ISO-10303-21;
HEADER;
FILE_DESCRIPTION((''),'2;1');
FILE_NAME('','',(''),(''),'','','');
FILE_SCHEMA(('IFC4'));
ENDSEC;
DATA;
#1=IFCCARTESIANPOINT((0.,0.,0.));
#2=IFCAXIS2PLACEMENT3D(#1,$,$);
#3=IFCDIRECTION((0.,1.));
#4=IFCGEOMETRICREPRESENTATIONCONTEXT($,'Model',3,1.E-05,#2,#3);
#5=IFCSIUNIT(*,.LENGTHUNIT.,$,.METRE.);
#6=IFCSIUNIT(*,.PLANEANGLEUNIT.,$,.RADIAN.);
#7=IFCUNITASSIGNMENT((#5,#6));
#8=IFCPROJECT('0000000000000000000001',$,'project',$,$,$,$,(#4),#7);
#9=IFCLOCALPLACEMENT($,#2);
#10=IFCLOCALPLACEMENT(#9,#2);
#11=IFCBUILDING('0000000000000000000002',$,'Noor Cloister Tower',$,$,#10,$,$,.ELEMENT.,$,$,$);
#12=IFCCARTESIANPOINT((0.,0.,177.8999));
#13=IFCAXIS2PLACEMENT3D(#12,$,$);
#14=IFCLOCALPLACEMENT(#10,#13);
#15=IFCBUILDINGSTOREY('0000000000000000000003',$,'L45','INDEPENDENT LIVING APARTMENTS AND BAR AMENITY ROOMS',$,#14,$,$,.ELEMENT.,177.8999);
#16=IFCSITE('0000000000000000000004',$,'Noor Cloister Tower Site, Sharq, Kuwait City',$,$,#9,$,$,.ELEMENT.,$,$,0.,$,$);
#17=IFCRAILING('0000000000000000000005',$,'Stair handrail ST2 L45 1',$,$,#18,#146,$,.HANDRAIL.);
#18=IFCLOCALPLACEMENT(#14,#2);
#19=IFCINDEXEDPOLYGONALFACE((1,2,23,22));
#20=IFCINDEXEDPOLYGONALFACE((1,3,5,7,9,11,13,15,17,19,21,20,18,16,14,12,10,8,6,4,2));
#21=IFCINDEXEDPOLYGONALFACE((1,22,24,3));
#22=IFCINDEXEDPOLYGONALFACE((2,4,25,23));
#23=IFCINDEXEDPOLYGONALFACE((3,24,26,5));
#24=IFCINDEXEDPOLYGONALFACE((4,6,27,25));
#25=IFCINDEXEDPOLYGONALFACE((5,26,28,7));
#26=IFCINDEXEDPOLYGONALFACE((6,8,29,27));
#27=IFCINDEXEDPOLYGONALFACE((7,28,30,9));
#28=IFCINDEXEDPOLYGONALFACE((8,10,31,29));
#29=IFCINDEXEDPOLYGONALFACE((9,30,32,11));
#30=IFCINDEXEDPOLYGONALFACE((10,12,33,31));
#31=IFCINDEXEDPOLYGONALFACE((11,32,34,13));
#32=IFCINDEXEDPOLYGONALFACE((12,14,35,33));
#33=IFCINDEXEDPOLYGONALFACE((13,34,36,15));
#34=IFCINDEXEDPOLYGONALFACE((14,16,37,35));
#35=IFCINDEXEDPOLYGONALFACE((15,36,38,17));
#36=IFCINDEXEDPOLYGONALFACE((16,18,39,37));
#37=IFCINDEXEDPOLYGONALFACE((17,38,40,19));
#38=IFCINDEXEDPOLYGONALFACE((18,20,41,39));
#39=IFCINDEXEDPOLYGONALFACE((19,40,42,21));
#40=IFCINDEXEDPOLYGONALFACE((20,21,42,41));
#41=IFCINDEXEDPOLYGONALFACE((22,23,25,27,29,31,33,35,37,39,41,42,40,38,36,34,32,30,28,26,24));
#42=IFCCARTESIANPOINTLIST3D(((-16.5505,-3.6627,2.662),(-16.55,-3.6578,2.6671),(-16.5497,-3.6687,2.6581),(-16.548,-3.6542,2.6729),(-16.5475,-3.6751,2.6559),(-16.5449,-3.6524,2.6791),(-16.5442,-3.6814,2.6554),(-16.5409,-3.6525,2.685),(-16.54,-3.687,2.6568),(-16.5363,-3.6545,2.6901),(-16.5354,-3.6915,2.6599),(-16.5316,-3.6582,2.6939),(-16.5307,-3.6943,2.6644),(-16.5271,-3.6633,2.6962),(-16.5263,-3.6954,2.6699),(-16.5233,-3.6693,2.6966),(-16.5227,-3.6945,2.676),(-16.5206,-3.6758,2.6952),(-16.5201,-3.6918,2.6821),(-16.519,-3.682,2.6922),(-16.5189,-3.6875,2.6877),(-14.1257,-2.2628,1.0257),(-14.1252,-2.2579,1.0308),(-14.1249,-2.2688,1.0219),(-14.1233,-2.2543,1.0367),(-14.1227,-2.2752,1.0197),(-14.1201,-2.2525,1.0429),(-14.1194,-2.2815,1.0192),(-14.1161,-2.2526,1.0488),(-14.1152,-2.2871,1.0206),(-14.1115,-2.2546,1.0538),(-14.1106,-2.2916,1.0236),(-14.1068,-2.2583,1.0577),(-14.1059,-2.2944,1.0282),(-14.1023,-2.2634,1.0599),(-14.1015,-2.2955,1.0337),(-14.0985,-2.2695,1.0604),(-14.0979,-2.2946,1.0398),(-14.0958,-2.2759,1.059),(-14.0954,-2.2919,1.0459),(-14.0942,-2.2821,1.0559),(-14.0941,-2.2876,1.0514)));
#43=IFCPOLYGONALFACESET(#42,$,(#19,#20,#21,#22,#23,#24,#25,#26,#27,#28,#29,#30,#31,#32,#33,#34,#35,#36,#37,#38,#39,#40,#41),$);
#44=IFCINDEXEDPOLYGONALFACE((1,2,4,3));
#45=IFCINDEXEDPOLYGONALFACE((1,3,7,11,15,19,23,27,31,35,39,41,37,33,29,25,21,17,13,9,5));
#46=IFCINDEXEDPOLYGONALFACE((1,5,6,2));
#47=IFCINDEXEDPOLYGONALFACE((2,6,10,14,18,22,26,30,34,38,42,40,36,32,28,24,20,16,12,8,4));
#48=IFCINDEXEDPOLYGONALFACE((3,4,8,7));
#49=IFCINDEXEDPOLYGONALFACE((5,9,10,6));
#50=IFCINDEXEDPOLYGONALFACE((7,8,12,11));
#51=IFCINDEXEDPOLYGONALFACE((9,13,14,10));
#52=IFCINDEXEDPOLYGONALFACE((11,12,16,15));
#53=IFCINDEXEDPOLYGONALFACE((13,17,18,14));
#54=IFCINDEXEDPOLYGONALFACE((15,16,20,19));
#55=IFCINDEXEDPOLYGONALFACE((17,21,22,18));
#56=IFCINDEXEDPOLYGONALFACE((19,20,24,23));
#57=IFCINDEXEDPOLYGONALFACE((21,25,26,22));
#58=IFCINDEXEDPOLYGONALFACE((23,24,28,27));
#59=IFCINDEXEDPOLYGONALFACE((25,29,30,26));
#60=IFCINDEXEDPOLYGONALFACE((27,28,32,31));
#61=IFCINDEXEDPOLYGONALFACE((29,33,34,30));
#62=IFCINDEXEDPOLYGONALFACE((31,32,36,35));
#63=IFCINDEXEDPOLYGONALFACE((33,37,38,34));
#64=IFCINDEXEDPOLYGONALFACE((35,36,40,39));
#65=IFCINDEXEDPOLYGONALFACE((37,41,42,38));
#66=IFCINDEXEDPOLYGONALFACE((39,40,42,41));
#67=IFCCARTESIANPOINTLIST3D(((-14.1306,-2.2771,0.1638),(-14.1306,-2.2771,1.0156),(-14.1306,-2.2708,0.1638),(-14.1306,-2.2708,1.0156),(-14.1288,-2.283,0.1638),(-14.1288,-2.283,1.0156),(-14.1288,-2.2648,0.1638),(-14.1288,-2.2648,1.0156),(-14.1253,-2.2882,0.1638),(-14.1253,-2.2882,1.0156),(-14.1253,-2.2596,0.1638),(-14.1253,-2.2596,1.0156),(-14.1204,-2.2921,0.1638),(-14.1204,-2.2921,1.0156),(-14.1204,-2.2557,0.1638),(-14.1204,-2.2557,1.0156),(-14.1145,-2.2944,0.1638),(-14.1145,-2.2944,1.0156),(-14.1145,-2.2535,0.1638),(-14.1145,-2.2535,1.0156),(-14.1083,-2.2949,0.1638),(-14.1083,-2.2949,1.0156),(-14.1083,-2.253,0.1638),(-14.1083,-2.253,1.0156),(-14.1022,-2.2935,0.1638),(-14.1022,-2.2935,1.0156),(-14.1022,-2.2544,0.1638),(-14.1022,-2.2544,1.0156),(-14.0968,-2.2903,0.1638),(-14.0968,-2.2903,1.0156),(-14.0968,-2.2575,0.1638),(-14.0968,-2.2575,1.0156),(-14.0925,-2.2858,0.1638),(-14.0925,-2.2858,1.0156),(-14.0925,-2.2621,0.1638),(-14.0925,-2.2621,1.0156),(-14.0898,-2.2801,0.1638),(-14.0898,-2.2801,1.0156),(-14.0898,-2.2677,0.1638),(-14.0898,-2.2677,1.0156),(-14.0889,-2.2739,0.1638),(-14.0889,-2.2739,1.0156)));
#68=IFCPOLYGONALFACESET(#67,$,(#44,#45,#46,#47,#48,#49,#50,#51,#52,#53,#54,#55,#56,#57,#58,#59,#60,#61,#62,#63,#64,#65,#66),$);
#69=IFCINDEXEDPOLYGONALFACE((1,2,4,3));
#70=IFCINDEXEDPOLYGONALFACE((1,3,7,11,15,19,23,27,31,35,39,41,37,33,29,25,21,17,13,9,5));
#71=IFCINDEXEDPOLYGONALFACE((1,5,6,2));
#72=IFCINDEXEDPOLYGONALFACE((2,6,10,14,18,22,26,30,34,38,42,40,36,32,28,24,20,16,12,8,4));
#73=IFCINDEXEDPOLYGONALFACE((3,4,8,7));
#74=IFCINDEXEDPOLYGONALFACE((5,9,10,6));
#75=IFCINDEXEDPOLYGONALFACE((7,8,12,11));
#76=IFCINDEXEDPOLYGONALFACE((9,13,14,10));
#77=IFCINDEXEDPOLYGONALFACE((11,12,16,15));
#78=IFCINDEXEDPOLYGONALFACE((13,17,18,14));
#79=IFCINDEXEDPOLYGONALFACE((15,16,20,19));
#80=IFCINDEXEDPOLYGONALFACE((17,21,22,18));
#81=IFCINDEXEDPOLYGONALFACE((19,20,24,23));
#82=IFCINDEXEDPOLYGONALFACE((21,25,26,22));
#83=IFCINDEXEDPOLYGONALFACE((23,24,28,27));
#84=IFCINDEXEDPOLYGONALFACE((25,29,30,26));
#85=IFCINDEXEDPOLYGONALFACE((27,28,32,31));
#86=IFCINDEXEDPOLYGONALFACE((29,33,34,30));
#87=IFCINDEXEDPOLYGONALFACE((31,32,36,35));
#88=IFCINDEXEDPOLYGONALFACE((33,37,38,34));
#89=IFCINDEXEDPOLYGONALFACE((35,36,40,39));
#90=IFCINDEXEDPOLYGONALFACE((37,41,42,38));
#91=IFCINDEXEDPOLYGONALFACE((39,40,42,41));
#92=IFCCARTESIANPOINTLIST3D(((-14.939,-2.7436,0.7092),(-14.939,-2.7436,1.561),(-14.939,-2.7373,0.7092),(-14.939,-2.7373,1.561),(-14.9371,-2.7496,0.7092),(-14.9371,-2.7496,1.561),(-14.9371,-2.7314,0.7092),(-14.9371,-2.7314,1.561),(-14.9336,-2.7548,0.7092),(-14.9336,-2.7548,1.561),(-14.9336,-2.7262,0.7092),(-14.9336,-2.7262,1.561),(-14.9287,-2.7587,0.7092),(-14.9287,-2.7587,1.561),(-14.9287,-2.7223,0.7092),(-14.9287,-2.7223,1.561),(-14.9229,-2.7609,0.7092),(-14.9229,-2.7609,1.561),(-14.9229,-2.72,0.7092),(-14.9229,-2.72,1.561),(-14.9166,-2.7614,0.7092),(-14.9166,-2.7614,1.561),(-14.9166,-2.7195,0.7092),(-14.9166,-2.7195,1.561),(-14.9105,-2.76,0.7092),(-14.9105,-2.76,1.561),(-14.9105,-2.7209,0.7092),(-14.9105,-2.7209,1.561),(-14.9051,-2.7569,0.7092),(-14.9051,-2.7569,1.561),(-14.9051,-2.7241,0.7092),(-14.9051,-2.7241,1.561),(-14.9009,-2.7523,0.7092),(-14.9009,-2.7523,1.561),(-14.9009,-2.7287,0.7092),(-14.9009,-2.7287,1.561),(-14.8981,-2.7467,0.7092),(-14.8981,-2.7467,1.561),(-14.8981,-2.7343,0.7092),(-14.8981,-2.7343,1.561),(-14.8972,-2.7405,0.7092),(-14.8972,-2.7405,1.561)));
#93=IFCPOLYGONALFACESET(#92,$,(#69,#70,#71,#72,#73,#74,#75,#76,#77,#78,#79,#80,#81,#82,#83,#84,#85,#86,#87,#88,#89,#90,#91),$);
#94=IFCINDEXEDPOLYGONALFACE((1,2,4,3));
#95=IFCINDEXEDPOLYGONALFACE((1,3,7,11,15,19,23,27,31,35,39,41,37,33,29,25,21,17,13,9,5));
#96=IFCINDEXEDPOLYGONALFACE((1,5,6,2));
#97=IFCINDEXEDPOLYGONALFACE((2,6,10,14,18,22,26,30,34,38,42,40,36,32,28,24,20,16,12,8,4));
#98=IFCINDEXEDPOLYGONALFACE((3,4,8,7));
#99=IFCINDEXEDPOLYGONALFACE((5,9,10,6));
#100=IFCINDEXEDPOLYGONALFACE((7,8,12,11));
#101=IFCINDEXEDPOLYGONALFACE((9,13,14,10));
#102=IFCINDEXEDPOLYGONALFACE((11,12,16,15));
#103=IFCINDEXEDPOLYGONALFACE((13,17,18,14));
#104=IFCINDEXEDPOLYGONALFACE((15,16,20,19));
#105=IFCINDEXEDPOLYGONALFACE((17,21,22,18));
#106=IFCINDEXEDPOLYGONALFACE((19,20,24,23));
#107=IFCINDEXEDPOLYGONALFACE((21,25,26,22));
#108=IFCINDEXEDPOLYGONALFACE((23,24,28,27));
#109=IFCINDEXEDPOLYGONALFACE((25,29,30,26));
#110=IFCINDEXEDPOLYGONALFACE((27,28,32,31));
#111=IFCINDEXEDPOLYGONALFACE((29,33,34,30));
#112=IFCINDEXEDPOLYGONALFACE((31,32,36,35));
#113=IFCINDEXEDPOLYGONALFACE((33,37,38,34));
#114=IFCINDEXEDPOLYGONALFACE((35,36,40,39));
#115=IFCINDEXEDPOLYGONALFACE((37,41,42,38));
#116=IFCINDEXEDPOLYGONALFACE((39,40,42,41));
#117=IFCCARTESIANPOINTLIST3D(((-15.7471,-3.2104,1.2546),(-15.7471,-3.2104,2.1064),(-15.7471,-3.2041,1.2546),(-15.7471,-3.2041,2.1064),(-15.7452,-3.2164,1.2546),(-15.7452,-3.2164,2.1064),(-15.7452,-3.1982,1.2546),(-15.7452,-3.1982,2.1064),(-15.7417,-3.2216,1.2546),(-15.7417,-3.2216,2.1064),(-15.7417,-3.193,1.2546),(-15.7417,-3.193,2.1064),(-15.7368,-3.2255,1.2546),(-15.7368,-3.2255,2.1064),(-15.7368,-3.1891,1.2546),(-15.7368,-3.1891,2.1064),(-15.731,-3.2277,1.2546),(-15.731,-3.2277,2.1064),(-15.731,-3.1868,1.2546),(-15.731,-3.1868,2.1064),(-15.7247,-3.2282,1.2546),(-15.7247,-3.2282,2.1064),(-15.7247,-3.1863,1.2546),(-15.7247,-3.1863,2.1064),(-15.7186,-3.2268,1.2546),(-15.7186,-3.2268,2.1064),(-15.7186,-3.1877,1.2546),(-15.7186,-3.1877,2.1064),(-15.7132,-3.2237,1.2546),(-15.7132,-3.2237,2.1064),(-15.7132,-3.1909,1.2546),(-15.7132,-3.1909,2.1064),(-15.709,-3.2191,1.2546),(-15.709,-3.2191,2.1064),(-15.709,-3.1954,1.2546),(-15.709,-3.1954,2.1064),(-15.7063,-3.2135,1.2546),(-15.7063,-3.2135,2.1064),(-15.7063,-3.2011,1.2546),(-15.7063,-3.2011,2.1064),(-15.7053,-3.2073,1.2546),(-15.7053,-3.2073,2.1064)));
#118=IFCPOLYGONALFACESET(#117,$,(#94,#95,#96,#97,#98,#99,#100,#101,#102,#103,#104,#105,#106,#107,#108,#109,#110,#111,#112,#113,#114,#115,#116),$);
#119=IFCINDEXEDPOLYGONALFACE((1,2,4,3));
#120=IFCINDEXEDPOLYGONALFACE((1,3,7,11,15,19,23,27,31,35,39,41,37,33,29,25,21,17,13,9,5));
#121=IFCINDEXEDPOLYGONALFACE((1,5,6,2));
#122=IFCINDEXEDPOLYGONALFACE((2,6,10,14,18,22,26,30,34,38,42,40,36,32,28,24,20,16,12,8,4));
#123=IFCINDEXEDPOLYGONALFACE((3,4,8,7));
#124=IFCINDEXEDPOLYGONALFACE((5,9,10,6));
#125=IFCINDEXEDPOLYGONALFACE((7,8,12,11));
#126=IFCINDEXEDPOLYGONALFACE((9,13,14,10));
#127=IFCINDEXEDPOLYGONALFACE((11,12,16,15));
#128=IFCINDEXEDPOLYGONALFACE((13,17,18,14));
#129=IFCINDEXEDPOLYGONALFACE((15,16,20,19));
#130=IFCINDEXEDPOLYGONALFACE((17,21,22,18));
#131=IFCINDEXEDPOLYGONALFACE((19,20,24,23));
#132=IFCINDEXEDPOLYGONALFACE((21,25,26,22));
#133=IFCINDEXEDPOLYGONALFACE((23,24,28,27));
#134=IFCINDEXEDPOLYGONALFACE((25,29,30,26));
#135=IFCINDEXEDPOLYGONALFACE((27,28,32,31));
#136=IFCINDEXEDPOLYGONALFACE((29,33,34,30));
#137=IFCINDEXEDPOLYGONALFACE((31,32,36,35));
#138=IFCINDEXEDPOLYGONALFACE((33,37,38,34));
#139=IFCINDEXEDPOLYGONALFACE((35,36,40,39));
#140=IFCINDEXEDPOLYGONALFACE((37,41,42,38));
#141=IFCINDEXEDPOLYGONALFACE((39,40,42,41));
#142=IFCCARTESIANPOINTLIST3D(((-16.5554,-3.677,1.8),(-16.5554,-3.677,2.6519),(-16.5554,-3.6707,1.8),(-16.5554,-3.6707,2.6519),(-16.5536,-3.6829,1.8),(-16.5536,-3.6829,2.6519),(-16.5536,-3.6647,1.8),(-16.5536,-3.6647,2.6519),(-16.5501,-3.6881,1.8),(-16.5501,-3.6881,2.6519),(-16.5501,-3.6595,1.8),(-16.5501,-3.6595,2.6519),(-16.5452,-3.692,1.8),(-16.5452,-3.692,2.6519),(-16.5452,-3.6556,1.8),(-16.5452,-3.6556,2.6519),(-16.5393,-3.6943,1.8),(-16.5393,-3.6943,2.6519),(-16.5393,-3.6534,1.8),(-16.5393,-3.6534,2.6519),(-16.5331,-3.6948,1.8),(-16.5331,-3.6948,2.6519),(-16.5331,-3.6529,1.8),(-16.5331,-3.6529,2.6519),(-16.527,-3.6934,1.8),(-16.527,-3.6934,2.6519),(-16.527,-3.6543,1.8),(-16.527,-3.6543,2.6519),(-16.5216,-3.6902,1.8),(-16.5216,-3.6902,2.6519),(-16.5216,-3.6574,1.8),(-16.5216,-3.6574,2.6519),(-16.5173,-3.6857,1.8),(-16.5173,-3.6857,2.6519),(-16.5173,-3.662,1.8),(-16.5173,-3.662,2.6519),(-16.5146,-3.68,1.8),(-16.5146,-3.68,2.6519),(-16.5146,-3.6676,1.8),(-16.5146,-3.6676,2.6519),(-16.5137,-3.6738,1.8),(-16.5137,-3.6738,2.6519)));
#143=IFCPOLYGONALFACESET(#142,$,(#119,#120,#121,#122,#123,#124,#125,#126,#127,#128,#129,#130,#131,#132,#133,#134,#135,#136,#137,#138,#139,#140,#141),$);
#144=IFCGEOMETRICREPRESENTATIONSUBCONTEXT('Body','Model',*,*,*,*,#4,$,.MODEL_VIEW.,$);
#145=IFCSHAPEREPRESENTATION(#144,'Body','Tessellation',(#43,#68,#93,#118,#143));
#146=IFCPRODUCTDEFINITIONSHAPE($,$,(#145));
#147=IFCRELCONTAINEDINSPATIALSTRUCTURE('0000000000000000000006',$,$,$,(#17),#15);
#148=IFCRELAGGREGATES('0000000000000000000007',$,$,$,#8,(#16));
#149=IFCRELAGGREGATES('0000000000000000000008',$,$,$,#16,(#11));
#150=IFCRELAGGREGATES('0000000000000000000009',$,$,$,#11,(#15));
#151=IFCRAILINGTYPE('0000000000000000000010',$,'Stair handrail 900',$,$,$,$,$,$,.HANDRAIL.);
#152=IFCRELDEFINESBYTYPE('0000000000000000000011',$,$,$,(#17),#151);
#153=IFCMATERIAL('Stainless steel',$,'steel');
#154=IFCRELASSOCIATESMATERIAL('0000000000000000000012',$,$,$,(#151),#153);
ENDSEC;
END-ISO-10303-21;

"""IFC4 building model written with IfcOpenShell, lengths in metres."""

from ifc_helpers import new_model, si_unit, direction, frame, origin, origin_2d, place, context, subcontext, project, spatial, circle, extrude, material, type_object, element, save


model = new_model("IFC4")

# Units and contexts
model_context = context("Model", 3, precision=1e-05, world=origin(), true_north=direction((0.0, 1.0)))
body_context = subcontext(model_context, "Body", "Model", "MODEL_VIEW")
ifc_project = project(units=[si_unit("LENGTHUNIT", "METRE"), si_unit("PLANEANGLEUNIT", "RADIAN")], contexts=[model_context])

# Site, building, storey
site_placement = place(None, origin())
site = spatial("IfcSite", under=ifc_project, at=site_placement, Name="Noor Cloister Tower Site, Sharq, Kuwait City", CompositionType="ELEMENT", RefElevation=0.0)
building_placement = place(site_placement, origin())
building = spatial("IfcBuilding", under=site, at=building_placement, Name="Noor Cloister Tower", CompositionType="ELEMENT")
storey_placement = place(building_placement, frame((0.0, 0.0, 177.8999)))
storey = spatial("IfcBuildingStorey", under=building, at=storey_placement, Name="L45", Description="INDEPENDENT LIVING APARTMENTS AND BAR AMENITY ROOMS", CompositionType="ELEMENT", Elevation=177.8999)

# Railing
ifc_material_1 = material(Name="Stainless steel", Category="steel")
railing_type_1 = type_object("IfcRailingType", Name="Stair handrail 900", PredefinedType="HANDRAIL", material=ifc_material_1)
railing_1_placement = place(storey_placement, frame((-14.1099, -2.2739, 0.1638)))
element("IfcRailing", 1, at=railing_1_placement, inside=storey, type_object=railing_type_1, Name="Stair handrail ST2 L45 1", PredefinedType="HANDRAIL", context=body_context, shape_type="SweptSolid", body=[
    extrude(circle(Radius=0.0239, at=origin_2d()), frame((0.0, 0.0, 0.876), z_axis=(-0.747718, -0.431677, 0.504552), x_axis=(0.499984, -0.866035, 0.0)), (0.0, 0.0, 1.0), 3.2429),
    extrude(circle(Radius=0.021, at=origin_2d()), origin(), (0.0, 0.0, 1.0), 0.8518),
    extrude(circle(Radius=0.021, at=origin_2d()), frame((-0.8083, -0.4666, 0.5454)), (0.0, 0.0, 1.0), 0.8518),
    extrude(circle(Radius=0.021, at=origin_2d()), frame((-1.6165, -0.9333, 1.0908)), (0.0, 0.0, 1.0), 0.8518),
    extrude(circle(Radius=0.021, at=origin_2d()), frame((-2.4248, -1.3999, 1.6362)), (0.0, 0.0, 1.0), 0.8518),
])

save(model, "model.ifc")
